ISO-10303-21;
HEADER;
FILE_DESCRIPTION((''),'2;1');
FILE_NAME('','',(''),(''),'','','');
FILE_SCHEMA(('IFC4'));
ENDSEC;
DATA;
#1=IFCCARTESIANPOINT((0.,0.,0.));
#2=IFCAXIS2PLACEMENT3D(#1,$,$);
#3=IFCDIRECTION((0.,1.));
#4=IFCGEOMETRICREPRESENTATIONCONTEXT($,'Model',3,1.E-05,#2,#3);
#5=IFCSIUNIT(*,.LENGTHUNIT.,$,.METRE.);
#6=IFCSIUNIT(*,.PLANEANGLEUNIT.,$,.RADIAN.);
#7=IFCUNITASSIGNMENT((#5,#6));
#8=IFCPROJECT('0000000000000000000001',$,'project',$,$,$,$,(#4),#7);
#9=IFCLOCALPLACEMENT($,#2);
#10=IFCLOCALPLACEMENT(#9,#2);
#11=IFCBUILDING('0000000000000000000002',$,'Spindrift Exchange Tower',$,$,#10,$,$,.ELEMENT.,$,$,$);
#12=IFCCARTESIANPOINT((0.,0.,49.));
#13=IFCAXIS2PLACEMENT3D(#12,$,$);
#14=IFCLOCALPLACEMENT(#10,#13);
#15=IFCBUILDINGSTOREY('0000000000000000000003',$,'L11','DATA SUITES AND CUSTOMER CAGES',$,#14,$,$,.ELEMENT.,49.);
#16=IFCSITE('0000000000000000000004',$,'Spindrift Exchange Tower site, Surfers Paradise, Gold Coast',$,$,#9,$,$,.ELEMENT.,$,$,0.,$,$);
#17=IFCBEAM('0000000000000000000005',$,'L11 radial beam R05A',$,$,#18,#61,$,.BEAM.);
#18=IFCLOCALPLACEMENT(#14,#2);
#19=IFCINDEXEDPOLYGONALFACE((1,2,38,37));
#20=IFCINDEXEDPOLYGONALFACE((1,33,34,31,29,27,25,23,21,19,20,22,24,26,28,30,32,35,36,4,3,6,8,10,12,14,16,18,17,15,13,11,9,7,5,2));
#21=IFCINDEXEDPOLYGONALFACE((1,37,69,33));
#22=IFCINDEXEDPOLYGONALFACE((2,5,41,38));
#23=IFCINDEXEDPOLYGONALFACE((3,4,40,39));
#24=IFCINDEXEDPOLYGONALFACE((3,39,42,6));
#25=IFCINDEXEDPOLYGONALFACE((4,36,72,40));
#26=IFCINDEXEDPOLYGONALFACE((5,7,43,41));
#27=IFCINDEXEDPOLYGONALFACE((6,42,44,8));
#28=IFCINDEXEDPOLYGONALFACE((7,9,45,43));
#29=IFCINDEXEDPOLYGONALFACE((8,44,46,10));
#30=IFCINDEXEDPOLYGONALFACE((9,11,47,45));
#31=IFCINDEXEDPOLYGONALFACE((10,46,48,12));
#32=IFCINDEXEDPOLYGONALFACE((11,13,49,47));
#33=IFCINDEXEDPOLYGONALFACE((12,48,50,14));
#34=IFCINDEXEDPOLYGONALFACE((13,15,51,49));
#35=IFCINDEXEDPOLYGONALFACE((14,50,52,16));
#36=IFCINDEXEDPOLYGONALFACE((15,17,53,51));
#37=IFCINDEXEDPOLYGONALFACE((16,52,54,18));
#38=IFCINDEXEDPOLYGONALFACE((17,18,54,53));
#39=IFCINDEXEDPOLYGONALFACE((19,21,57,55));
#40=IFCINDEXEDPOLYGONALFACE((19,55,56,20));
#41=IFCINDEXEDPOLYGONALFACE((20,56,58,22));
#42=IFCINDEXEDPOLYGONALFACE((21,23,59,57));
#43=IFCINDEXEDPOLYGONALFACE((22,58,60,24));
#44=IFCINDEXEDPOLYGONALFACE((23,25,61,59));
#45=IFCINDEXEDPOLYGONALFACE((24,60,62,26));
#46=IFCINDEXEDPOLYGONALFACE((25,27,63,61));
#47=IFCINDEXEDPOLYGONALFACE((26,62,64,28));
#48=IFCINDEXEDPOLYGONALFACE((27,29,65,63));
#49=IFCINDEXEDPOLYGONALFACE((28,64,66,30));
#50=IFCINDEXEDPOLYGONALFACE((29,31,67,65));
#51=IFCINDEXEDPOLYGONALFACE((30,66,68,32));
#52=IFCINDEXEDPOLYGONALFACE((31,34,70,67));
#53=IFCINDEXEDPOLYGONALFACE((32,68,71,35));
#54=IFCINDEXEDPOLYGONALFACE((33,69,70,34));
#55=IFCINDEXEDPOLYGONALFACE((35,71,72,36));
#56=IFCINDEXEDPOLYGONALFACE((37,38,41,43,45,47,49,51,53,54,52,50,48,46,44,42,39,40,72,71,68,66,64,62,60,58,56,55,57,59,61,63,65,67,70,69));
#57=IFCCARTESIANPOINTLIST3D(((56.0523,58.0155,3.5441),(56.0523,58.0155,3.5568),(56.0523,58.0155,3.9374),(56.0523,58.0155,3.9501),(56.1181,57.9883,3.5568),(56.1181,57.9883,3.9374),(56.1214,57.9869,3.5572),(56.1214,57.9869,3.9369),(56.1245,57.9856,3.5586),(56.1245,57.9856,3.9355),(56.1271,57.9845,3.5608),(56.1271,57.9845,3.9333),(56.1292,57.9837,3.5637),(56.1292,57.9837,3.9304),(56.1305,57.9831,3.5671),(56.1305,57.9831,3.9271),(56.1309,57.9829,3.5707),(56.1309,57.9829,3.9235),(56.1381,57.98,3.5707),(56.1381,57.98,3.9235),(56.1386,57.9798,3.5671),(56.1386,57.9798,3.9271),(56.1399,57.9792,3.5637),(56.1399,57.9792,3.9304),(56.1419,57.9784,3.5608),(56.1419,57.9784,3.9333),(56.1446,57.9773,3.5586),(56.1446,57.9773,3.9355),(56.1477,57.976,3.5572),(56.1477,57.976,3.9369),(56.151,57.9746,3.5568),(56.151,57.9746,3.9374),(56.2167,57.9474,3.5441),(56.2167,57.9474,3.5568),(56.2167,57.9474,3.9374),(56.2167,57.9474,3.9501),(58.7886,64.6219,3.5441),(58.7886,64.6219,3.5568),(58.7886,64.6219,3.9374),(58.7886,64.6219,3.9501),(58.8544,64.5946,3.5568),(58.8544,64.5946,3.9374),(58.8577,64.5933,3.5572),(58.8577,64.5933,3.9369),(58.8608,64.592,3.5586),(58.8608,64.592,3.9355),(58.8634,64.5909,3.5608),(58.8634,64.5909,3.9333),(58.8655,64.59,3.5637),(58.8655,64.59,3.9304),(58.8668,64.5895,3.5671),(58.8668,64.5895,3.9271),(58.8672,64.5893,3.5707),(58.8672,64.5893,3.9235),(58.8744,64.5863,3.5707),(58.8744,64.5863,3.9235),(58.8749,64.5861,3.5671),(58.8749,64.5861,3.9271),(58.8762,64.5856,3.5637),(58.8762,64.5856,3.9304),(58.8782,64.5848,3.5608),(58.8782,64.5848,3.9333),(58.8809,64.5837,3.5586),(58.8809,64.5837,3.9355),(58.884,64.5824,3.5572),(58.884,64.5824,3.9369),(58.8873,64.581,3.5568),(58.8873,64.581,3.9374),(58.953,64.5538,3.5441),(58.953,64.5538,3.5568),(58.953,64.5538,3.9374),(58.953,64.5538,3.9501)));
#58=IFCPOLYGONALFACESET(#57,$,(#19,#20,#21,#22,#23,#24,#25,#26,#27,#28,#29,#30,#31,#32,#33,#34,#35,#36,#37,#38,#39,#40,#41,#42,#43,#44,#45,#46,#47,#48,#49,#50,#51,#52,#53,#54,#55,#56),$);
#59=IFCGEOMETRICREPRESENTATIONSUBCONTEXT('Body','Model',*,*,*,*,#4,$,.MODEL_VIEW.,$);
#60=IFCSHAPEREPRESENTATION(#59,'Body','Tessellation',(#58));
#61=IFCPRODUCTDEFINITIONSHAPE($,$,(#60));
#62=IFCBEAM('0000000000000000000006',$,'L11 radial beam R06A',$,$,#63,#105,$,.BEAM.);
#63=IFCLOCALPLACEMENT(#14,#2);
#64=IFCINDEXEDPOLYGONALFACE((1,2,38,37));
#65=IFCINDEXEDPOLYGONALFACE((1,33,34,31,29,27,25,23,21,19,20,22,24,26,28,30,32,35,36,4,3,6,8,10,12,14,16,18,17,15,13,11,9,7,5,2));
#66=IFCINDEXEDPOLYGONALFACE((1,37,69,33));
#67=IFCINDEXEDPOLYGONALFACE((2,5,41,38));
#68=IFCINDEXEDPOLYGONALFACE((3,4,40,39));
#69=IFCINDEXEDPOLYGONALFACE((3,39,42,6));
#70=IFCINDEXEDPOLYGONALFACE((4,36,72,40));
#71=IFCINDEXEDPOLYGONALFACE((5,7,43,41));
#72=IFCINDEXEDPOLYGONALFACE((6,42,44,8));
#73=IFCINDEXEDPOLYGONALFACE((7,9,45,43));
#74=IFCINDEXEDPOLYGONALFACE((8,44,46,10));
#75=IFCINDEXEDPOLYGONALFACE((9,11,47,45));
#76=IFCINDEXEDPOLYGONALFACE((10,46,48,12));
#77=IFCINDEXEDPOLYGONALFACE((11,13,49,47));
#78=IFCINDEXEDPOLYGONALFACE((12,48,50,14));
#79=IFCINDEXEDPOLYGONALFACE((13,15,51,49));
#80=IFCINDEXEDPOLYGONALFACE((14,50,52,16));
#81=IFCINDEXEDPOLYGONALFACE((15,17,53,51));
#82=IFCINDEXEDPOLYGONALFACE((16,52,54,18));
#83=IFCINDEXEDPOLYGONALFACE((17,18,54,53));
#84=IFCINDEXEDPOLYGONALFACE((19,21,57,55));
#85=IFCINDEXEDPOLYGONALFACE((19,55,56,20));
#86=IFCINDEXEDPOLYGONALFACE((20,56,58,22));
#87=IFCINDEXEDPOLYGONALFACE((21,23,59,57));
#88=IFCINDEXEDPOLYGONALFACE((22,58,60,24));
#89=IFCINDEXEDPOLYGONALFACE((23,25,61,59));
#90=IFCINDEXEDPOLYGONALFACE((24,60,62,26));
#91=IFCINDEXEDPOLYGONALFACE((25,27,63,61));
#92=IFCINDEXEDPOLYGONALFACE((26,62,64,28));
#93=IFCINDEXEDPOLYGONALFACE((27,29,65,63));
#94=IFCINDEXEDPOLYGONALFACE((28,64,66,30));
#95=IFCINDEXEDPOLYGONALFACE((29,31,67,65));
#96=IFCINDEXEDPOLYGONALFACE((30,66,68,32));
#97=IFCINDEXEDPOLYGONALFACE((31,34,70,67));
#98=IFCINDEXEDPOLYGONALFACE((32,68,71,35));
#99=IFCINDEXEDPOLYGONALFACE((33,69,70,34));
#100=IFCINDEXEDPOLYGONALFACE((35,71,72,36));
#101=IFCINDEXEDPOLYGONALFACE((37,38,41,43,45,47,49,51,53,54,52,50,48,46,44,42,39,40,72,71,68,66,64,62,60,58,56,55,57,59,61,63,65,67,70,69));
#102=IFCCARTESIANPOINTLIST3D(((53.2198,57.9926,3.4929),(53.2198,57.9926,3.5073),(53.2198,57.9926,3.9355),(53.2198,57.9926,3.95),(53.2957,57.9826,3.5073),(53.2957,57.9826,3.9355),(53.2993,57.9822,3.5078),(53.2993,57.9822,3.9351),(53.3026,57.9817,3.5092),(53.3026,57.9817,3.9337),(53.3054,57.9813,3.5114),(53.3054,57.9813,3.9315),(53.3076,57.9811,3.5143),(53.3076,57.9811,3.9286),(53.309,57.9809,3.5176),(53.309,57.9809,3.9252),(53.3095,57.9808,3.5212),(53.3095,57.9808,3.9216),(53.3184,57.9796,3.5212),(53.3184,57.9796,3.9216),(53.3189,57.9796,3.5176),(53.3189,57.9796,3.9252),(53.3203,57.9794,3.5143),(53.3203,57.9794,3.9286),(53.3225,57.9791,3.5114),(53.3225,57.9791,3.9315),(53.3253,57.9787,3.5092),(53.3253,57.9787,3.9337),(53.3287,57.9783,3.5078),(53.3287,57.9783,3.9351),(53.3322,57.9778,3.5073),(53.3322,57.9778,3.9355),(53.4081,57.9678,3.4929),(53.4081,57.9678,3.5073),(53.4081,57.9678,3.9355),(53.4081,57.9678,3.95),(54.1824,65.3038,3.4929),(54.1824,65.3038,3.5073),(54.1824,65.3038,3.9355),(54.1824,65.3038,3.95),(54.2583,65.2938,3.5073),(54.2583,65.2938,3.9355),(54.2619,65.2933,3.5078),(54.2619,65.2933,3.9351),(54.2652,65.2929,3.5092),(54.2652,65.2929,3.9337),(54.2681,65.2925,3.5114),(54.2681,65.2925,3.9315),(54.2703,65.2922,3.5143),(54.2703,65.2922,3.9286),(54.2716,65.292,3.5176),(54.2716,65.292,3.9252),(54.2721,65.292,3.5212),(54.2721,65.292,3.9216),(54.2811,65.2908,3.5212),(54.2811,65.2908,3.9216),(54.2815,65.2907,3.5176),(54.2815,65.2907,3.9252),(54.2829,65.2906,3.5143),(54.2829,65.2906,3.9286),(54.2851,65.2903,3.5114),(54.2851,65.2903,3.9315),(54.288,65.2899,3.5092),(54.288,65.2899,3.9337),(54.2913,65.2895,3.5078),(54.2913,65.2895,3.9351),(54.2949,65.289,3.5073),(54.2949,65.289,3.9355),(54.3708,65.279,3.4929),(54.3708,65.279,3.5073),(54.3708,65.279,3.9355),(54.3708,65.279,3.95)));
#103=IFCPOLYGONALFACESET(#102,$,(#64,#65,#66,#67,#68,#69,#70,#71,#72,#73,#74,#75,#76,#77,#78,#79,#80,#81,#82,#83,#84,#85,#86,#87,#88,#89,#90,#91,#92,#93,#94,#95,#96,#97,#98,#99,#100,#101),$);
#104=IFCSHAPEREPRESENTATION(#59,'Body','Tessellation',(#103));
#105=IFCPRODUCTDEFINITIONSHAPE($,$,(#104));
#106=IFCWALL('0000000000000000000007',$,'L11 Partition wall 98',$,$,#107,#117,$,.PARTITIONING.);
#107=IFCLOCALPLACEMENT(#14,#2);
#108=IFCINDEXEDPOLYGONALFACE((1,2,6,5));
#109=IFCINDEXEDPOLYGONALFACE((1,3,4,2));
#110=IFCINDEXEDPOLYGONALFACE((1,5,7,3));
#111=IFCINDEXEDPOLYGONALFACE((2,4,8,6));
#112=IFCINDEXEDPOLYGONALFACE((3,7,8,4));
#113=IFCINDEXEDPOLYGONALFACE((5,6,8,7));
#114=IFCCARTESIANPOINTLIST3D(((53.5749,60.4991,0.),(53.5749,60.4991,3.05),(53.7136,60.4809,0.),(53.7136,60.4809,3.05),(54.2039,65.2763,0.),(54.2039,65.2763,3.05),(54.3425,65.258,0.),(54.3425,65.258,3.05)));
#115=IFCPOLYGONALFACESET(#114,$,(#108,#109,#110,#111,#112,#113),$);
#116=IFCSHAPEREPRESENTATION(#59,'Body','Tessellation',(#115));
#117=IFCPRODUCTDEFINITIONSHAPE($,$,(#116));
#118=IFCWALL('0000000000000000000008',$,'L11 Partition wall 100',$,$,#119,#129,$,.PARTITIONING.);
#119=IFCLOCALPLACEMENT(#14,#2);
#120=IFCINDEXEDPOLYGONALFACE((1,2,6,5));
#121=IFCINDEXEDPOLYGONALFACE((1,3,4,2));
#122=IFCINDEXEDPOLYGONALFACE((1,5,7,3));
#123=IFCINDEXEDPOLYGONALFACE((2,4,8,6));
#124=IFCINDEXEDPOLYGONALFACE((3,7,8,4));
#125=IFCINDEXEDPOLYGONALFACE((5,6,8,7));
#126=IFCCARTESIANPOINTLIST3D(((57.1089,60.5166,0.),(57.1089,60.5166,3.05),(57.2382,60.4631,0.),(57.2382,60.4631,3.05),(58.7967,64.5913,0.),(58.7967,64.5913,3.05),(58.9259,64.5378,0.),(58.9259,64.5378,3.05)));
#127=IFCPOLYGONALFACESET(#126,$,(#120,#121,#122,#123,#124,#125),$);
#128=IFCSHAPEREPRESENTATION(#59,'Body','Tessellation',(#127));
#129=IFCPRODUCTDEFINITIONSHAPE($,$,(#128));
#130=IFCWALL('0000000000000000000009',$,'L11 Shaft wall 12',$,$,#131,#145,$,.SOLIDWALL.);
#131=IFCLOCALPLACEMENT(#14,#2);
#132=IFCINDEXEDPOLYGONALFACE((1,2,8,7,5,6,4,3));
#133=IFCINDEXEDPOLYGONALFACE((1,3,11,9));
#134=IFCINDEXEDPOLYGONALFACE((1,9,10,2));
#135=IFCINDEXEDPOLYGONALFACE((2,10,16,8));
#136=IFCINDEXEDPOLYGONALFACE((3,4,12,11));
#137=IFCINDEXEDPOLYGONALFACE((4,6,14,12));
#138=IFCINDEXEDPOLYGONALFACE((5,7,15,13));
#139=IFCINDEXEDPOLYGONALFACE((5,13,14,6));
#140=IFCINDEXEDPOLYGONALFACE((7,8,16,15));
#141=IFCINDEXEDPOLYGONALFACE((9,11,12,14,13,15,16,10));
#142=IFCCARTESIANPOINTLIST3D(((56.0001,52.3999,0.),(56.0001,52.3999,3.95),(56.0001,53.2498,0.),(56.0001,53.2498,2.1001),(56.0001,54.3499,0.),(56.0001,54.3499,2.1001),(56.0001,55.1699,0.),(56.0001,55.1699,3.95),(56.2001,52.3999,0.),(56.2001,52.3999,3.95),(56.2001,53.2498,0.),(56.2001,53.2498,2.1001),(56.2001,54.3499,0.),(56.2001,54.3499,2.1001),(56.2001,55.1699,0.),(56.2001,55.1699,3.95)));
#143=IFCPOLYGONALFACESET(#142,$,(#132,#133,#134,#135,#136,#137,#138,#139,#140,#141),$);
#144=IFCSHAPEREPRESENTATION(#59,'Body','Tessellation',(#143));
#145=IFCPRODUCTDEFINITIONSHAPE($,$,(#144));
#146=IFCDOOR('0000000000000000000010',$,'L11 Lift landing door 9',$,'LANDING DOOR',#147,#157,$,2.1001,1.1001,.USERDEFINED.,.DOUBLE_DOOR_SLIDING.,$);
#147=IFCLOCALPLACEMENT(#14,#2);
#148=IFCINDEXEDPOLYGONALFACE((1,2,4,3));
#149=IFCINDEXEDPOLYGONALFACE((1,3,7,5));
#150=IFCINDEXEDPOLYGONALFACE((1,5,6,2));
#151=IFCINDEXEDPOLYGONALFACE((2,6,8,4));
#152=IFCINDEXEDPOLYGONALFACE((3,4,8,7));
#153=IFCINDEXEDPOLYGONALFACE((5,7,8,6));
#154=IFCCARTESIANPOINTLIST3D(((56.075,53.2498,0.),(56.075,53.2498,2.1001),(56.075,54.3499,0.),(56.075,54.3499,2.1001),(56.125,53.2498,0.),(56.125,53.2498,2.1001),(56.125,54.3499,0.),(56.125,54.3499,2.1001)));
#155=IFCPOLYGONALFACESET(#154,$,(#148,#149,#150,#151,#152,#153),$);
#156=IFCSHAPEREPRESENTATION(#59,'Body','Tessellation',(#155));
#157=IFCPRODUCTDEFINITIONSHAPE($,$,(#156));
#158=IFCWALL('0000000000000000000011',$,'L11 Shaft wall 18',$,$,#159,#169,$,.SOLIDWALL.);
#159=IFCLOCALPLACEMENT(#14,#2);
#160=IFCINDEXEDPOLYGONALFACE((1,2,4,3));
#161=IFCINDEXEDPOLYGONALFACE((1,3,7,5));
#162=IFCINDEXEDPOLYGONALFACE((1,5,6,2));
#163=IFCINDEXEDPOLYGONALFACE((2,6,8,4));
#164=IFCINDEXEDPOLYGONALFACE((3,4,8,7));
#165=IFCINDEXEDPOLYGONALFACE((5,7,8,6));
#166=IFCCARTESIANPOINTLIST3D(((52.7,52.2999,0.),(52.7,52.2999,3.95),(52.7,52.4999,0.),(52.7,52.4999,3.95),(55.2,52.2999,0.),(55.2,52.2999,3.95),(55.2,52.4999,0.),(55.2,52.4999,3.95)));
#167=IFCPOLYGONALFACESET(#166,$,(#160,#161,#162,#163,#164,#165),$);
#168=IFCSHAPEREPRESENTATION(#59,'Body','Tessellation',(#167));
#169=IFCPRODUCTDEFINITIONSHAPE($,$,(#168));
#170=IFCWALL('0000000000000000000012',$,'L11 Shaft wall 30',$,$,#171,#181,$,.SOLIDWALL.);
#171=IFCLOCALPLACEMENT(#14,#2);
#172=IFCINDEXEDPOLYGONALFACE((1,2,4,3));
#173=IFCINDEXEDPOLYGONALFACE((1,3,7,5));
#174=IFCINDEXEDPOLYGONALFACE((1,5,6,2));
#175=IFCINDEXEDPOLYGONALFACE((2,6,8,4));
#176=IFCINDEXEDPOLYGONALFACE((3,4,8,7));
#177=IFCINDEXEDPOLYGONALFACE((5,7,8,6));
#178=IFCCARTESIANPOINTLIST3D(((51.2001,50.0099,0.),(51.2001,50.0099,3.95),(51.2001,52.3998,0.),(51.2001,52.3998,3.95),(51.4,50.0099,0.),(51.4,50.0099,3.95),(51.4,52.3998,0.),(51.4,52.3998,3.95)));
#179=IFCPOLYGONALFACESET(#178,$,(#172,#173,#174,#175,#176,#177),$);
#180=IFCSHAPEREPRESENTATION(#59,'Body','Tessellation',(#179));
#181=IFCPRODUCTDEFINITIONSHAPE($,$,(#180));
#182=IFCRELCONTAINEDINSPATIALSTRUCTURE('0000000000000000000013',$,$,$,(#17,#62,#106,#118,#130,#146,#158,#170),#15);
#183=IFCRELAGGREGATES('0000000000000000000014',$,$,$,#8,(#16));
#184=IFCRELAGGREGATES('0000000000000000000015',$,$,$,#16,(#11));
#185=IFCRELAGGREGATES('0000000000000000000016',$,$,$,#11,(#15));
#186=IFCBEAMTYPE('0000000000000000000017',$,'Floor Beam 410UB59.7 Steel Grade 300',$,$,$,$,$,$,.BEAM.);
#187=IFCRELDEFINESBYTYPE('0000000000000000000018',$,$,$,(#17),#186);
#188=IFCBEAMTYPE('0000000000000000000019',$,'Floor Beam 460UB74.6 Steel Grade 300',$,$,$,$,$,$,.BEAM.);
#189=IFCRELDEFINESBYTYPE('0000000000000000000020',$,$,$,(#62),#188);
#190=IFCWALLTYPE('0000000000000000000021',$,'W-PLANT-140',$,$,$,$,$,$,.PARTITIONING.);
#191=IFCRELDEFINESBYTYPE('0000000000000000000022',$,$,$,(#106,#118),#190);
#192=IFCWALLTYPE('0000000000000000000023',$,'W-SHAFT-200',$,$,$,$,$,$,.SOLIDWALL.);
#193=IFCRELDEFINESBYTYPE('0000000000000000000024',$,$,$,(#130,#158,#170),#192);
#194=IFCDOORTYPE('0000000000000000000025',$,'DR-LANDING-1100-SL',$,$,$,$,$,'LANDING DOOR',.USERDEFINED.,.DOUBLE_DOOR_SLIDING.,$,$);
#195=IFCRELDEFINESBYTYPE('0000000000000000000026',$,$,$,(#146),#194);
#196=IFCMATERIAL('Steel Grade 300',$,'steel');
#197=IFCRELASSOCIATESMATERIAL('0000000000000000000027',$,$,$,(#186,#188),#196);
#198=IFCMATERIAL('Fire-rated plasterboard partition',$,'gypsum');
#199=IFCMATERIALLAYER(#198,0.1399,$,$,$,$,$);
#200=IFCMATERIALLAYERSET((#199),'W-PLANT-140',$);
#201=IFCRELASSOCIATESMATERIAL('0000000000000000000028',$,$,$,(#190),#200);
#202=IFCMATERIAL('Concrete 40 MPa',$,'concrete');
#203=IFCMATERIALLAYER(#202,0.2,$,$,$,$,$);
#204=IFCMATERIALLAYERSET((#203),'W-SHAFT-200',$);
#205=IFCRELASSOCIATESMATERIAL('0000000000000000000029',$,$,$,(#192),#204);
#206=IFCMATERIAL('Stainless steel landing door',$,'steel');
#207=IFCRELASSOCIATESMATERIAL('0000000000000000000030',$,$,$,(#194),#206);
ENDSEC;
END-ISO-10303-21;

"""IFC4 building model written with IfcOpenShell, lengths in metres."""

from ifc_helpers import new_model, si_unit, direction, frame, frame_2d, origin, origin_2d, place, context, subcontext, project, spatial, rectangle, i_section, extrude, source, transform, mapped, material, layer, layer_set, material_profile, profile_set, type_object, element, fill, save


model = new_model("IFC4")

# Units and contexts
model_context = context("Model", 3, precision=1e-05, world=origin(), true_north=direction((0.0, 1.0)))
body_context = subcontext(model_context, "Body", "Model", "MODEL_VIEW")
ifc_project = project(units=[si_unit("LENGTHUNIT", "METRE"), si_unit("PLANEANGLEUNIT", "RADIAN")], contexts=[model_context])

# Site, building, storey
site_placement = place(None, origin())
site = spatial("IfcSite", under=ifc_project, at=site_placement, Name="Spindrift Exchange Tower site, Surfers Paradise, Gold Coast", CompositionType="ELEMENT", RefElevation=0.0)
building_placement = place(site_placement, origin())
building = spatial("IfcBuilding", under=site, at=building_placement, Name="Spindrift Exchange Tower", CompositionType="ELEMENT")
storey_placement = place(building_placement, frame((0.0, 0.0, 49.0)))
storey = spatial("IfcBuildingStorey", under=building, at=storey_placement, Name="L11", Description="DATA SUITES AND CUSTOMER CAGES", CompositionType="ELEMENT", Elevation=49.0)

# Beams
ifc_material_1 = material(Name="Steel Grade 300", Category="steel")
ifc_material_profile_1 = material_profile(ifc_material_1, i_section(OverallWidth=0.178, OverallDepth=0.406, WebThickness=0.0078, FlangeThickness=0.0127, FilletRadius=0.0139, at=origin_2d()), Name="410UB59.7")
ifc_profile_set_1 = profile_set([ifc_material_profile_1], Name="Steel Grade 300")
beam_type_1 = type_object("IfcBeamType", Name="Floor Beam 410UB59.7 Steel Grade 300", PredefinedType="BEAM", material=ifc_profile_set_1)
shared_shape_1 = source(origin(), body_context, "Body", "SweptSolid", [
    extrude(i_section(OverallWidth=0.178, OverallDepth=0.406, WebThickness=0.0078, FlangeThickness=0.0127, FilletRadius=0.0139, at=origin_2d()), origin(), (0.0, 0.0, 1.0), 7.1506),
])
beam_1_placement = place(storey_placement, frame((56.1345, 57.9814, 3.7471), z_axis=(0.382665, 0.923887, 0.0), x_axis=(-0.923887, 0.382665, 0.0)))
element("IfcBeam", 1, at=beam_1_placement, inside=storey, type_object=beam_type_1, Name="L11 radial beam R05A", PredefinedType="BEAM", context=body_context, shape_type="MappedRepresentation", body=[
    mapped(shared_shape_1, transform((0.0, 0.0, 0.0), scale=1.0)),
])
ifc_material_profile_2 = material_profile(ifc_material_1, i_section(OverallWidth=0.1899, OverallDepth=0.457, WebThickness=0.009, FlangeThickness=0.0144, FilletRadius=0.0139, at=origin_2d()), Name="460UB74.6")
ifc_profile_set_2 = profile_set([ifc_material_profile_2], Name="Steel Grade 300")
beam_type_2 = type_object("IfcBeamType", Name="Floor Beam 460UB74.6 Steel Grade 300", PredefinedType="BEAM", material=ifc_profile_set_2)
shared_shape_2 = source(origin(), body_context, "Body", "SweptSolid", [
    extrude(i_section(OverallWidth=0.1899, OverallDepth=0.457, WebThickness=0.009, FlangeThickness=0.0144, FilletRadius=0.0139, at=origin_2d()), origin(), (0.0, 0.0, 1.0), 7.3743),
])
beam_2_placement = place(storey_placement, frame((53.314, 57.9802, 3.7214), z_axis=(0.130539, 0.991443, 0.0), x_axis=(-0.991443, 0.130539, 0.0)))
element("IfcBeam", 2, at=beam_2_placement, inside=storey, type_object=beam_type_2, Name="L11 radial beam R06A", PredefinedType="BEAM", context=body_context, shape_type="MappedRepresentation", body=[
    mapped(shared_shape_2, transform((0.0, 0.0, 0.0), scale=1.0)),
])

# Walls
ifc_material_2 = material(Name="Fire-rated plasterboard partition", Category="gypsum")
ifc_layer_1 = layer(ifc_material_2, 0.1399)
ifc_layer_set_1 = layer_set([ifc_layer_1], Name="W-PLANT-140")
wall_type_1 = type_object("IfcWallType", Name="W-PLANT-140", PredefinedType="PARTITIONING", material=ifc_layer_set_1)
wall_1_placement = place(storey_placement, frame((53.6443, 60.49, 0.0), z_axis=(0.0, 0.0, 1.0), x_axis=(0.130524, 0.991445, 0.0)))
element("IfcWall", 3, at=wall_1_placement, inside=storey, type_object=wall_type_1, Name="L11 Partition wall 98", PredefinedType="PARTITIONING", context=body_context, shape_type="SweptSolid", body=[
    extrude(rectangle(XDim=4.8184, YDim=0.1399, at=frame_2d((2.4092, 0.0))), origin(), (0.0, 0.0, 1.0), 3.05),
])
wall_2_placement = place(storey_placement, frame((57.1736, 60.49, 0.0), z_axis=(0.0, 0.0, 1.0), x_axis=(0.382673, 0.923884, 0.0)))
element("IfcWall", 4, at=wall_2_placement, inside=storey, type_object=wall_type_1, Name="L11 Partition wall 100", PredefinedType="PARTITIONING", context=body_context, shape_type="SweptSolid", body=[
    extrude(rectangle(XDim=4.4104, YDim=0.1399, at=frame_2d((2.2051, 0.0))), origin(), (0.0, 0.0, 1.0), 3.05),
])

# Wall, opening, door
ifc_material_3 = material(Name="Concrete 40 MPa", Category="concrete")
ifc_layer_2 = layer(ifc_material_3, 0.2)
ifc_layer_set_2 = layer_set([ifc_layer_2], Name="W-SHAFT-200")
wall_type_2 = type_object("IfcWallType", Name="W-SHAFT-200", PredefinedType="SOLIDWALL", material=ifc_layer_set_2)
wall_3_placement = place(storey_placement, frame((56.1001, 55.1699, 0.0), z_axis=(0.0, 0.0, 1.0), x_axis=(0.0, -1.0, 0.0)))
wall_3 = element("IfcWall", 5, at=wall_3_placement, inside=storey, type_object=wall_type_2, Name="L11 Shaft wall 12", PredefinedType="SOLIDWALL", context=body_context, shape_type="SweptSolid", body=[
    extrude(rectangle(XDim=2.77, YDim=0.2, at=frame_2d((1.385, 0.0))), origin(), (0.0, 0.0, 1.0), 3.95),
])
opening_1_placement = place(wall_3_placement, frame((0.8201, 0.0, 0.0)))
opening_1 = element("IfcOpeningElement", 6, at=opening_1_placement, cuts=wall_3, PredefinedType="OPENING", context=body_context, shape_type="SweptSolid", body=[
    extrude(rectangle(XDim=1.1001, YDim=2.1001, at=frame_2d((0.55, 1.05))), frame((0.0, 0.1099, 0.0), z_axis=(0.0, -1.0, 0.0), x_axis=(1.0, 0.0, 0.0)), (0.0, 0.0, 1.0), 0.22),
])
ifc_material_4 = material(Name="Stainless steel landing door", Category="steel")
door_type_1 = type_object("IfcDoorType", Name="DR-LANDING-1100-SL", ElementType="LANDING DOOR", OperationType="DOUBLE_DOOR_SLIDING", PredefinedType="USERDEFINED", material=ifc_material_4)
shared_shape_3 = source(origin(), body_context, "Body", "SweptSolid", [
    extrude(rectangle(XDim=1.1001, YDim=2.1001, at=frame_2d((0.55, 1.05))), frame((0.0, 0.0249, 0.0), z_axis=(0.0, -1.0, 0.0), x_axis=(1.0, 0.0, 0.0)), (0.0, 0.0, 1.0), 0.05),
])
door_1_placement = place(opening_1_placement, origin())
door_1 = element("IfcDoor", 7, at=door_1_placement, inside=storey, type_object=door_type_1, Name="L11 Lift landing door 9", ObjectType="LANDING DOOR", OperationType="DOUBLE_DOOR_SLIDING", OverallHeight=2.1001, OverallWidth=1.1001, PredefinedType="USERDEFINED", context=body_context, shape_type="MappedRepresentation", body=[
    mapped(shared_shape_3, transform((0.0, 0.0, 0.0), scale=1.0)),
])
fill(opening_1, door_1)

# Walls
wall_4_placement = place(storey_placement, frame((55.2, 52.3999, 0.0), z_axis=(0.0, 0.0, 1.0), x_axis=(-1.0, 0.0, 0.0)))
element("IfcWall", 8, at=wall_4_placement, inside=storey, type_object=wall_type_2, Name="L11 Shaft wall 18", PredefinedType="SOLIDWALL", context=body_context, shape_type="SweptSolid", body=[
    extrude(rectangle(XDim=2.5, YDim=0.2, at=frame_2d((1.25, 0.0))), origin(), (0.0, 0.0, 1.0), 3.95),
])
wall_5_placement = place(storey_placement, frame((51.3, 50.01, 0.0), z_axis=(0.0, 0.0, 1.0), x_axis=(0.0, 1.0, 0.0)))
element("IfcWall", 9, at=wall_5_placement, inside=storey, type_object=wall_type_2, Name="L11 Shaft wall 30", PredefinedType="SOLIDWALL", context=body_context, shape_type="SweptSolid", body=[
    extrude(rectangle(XDim=2.3899, YDim=0.2, at=frame_2d((1.1948, 0.0))), origin(), (0.0, 0.0, 1.0), 3.95),
])

save(model, "model.ifc")
